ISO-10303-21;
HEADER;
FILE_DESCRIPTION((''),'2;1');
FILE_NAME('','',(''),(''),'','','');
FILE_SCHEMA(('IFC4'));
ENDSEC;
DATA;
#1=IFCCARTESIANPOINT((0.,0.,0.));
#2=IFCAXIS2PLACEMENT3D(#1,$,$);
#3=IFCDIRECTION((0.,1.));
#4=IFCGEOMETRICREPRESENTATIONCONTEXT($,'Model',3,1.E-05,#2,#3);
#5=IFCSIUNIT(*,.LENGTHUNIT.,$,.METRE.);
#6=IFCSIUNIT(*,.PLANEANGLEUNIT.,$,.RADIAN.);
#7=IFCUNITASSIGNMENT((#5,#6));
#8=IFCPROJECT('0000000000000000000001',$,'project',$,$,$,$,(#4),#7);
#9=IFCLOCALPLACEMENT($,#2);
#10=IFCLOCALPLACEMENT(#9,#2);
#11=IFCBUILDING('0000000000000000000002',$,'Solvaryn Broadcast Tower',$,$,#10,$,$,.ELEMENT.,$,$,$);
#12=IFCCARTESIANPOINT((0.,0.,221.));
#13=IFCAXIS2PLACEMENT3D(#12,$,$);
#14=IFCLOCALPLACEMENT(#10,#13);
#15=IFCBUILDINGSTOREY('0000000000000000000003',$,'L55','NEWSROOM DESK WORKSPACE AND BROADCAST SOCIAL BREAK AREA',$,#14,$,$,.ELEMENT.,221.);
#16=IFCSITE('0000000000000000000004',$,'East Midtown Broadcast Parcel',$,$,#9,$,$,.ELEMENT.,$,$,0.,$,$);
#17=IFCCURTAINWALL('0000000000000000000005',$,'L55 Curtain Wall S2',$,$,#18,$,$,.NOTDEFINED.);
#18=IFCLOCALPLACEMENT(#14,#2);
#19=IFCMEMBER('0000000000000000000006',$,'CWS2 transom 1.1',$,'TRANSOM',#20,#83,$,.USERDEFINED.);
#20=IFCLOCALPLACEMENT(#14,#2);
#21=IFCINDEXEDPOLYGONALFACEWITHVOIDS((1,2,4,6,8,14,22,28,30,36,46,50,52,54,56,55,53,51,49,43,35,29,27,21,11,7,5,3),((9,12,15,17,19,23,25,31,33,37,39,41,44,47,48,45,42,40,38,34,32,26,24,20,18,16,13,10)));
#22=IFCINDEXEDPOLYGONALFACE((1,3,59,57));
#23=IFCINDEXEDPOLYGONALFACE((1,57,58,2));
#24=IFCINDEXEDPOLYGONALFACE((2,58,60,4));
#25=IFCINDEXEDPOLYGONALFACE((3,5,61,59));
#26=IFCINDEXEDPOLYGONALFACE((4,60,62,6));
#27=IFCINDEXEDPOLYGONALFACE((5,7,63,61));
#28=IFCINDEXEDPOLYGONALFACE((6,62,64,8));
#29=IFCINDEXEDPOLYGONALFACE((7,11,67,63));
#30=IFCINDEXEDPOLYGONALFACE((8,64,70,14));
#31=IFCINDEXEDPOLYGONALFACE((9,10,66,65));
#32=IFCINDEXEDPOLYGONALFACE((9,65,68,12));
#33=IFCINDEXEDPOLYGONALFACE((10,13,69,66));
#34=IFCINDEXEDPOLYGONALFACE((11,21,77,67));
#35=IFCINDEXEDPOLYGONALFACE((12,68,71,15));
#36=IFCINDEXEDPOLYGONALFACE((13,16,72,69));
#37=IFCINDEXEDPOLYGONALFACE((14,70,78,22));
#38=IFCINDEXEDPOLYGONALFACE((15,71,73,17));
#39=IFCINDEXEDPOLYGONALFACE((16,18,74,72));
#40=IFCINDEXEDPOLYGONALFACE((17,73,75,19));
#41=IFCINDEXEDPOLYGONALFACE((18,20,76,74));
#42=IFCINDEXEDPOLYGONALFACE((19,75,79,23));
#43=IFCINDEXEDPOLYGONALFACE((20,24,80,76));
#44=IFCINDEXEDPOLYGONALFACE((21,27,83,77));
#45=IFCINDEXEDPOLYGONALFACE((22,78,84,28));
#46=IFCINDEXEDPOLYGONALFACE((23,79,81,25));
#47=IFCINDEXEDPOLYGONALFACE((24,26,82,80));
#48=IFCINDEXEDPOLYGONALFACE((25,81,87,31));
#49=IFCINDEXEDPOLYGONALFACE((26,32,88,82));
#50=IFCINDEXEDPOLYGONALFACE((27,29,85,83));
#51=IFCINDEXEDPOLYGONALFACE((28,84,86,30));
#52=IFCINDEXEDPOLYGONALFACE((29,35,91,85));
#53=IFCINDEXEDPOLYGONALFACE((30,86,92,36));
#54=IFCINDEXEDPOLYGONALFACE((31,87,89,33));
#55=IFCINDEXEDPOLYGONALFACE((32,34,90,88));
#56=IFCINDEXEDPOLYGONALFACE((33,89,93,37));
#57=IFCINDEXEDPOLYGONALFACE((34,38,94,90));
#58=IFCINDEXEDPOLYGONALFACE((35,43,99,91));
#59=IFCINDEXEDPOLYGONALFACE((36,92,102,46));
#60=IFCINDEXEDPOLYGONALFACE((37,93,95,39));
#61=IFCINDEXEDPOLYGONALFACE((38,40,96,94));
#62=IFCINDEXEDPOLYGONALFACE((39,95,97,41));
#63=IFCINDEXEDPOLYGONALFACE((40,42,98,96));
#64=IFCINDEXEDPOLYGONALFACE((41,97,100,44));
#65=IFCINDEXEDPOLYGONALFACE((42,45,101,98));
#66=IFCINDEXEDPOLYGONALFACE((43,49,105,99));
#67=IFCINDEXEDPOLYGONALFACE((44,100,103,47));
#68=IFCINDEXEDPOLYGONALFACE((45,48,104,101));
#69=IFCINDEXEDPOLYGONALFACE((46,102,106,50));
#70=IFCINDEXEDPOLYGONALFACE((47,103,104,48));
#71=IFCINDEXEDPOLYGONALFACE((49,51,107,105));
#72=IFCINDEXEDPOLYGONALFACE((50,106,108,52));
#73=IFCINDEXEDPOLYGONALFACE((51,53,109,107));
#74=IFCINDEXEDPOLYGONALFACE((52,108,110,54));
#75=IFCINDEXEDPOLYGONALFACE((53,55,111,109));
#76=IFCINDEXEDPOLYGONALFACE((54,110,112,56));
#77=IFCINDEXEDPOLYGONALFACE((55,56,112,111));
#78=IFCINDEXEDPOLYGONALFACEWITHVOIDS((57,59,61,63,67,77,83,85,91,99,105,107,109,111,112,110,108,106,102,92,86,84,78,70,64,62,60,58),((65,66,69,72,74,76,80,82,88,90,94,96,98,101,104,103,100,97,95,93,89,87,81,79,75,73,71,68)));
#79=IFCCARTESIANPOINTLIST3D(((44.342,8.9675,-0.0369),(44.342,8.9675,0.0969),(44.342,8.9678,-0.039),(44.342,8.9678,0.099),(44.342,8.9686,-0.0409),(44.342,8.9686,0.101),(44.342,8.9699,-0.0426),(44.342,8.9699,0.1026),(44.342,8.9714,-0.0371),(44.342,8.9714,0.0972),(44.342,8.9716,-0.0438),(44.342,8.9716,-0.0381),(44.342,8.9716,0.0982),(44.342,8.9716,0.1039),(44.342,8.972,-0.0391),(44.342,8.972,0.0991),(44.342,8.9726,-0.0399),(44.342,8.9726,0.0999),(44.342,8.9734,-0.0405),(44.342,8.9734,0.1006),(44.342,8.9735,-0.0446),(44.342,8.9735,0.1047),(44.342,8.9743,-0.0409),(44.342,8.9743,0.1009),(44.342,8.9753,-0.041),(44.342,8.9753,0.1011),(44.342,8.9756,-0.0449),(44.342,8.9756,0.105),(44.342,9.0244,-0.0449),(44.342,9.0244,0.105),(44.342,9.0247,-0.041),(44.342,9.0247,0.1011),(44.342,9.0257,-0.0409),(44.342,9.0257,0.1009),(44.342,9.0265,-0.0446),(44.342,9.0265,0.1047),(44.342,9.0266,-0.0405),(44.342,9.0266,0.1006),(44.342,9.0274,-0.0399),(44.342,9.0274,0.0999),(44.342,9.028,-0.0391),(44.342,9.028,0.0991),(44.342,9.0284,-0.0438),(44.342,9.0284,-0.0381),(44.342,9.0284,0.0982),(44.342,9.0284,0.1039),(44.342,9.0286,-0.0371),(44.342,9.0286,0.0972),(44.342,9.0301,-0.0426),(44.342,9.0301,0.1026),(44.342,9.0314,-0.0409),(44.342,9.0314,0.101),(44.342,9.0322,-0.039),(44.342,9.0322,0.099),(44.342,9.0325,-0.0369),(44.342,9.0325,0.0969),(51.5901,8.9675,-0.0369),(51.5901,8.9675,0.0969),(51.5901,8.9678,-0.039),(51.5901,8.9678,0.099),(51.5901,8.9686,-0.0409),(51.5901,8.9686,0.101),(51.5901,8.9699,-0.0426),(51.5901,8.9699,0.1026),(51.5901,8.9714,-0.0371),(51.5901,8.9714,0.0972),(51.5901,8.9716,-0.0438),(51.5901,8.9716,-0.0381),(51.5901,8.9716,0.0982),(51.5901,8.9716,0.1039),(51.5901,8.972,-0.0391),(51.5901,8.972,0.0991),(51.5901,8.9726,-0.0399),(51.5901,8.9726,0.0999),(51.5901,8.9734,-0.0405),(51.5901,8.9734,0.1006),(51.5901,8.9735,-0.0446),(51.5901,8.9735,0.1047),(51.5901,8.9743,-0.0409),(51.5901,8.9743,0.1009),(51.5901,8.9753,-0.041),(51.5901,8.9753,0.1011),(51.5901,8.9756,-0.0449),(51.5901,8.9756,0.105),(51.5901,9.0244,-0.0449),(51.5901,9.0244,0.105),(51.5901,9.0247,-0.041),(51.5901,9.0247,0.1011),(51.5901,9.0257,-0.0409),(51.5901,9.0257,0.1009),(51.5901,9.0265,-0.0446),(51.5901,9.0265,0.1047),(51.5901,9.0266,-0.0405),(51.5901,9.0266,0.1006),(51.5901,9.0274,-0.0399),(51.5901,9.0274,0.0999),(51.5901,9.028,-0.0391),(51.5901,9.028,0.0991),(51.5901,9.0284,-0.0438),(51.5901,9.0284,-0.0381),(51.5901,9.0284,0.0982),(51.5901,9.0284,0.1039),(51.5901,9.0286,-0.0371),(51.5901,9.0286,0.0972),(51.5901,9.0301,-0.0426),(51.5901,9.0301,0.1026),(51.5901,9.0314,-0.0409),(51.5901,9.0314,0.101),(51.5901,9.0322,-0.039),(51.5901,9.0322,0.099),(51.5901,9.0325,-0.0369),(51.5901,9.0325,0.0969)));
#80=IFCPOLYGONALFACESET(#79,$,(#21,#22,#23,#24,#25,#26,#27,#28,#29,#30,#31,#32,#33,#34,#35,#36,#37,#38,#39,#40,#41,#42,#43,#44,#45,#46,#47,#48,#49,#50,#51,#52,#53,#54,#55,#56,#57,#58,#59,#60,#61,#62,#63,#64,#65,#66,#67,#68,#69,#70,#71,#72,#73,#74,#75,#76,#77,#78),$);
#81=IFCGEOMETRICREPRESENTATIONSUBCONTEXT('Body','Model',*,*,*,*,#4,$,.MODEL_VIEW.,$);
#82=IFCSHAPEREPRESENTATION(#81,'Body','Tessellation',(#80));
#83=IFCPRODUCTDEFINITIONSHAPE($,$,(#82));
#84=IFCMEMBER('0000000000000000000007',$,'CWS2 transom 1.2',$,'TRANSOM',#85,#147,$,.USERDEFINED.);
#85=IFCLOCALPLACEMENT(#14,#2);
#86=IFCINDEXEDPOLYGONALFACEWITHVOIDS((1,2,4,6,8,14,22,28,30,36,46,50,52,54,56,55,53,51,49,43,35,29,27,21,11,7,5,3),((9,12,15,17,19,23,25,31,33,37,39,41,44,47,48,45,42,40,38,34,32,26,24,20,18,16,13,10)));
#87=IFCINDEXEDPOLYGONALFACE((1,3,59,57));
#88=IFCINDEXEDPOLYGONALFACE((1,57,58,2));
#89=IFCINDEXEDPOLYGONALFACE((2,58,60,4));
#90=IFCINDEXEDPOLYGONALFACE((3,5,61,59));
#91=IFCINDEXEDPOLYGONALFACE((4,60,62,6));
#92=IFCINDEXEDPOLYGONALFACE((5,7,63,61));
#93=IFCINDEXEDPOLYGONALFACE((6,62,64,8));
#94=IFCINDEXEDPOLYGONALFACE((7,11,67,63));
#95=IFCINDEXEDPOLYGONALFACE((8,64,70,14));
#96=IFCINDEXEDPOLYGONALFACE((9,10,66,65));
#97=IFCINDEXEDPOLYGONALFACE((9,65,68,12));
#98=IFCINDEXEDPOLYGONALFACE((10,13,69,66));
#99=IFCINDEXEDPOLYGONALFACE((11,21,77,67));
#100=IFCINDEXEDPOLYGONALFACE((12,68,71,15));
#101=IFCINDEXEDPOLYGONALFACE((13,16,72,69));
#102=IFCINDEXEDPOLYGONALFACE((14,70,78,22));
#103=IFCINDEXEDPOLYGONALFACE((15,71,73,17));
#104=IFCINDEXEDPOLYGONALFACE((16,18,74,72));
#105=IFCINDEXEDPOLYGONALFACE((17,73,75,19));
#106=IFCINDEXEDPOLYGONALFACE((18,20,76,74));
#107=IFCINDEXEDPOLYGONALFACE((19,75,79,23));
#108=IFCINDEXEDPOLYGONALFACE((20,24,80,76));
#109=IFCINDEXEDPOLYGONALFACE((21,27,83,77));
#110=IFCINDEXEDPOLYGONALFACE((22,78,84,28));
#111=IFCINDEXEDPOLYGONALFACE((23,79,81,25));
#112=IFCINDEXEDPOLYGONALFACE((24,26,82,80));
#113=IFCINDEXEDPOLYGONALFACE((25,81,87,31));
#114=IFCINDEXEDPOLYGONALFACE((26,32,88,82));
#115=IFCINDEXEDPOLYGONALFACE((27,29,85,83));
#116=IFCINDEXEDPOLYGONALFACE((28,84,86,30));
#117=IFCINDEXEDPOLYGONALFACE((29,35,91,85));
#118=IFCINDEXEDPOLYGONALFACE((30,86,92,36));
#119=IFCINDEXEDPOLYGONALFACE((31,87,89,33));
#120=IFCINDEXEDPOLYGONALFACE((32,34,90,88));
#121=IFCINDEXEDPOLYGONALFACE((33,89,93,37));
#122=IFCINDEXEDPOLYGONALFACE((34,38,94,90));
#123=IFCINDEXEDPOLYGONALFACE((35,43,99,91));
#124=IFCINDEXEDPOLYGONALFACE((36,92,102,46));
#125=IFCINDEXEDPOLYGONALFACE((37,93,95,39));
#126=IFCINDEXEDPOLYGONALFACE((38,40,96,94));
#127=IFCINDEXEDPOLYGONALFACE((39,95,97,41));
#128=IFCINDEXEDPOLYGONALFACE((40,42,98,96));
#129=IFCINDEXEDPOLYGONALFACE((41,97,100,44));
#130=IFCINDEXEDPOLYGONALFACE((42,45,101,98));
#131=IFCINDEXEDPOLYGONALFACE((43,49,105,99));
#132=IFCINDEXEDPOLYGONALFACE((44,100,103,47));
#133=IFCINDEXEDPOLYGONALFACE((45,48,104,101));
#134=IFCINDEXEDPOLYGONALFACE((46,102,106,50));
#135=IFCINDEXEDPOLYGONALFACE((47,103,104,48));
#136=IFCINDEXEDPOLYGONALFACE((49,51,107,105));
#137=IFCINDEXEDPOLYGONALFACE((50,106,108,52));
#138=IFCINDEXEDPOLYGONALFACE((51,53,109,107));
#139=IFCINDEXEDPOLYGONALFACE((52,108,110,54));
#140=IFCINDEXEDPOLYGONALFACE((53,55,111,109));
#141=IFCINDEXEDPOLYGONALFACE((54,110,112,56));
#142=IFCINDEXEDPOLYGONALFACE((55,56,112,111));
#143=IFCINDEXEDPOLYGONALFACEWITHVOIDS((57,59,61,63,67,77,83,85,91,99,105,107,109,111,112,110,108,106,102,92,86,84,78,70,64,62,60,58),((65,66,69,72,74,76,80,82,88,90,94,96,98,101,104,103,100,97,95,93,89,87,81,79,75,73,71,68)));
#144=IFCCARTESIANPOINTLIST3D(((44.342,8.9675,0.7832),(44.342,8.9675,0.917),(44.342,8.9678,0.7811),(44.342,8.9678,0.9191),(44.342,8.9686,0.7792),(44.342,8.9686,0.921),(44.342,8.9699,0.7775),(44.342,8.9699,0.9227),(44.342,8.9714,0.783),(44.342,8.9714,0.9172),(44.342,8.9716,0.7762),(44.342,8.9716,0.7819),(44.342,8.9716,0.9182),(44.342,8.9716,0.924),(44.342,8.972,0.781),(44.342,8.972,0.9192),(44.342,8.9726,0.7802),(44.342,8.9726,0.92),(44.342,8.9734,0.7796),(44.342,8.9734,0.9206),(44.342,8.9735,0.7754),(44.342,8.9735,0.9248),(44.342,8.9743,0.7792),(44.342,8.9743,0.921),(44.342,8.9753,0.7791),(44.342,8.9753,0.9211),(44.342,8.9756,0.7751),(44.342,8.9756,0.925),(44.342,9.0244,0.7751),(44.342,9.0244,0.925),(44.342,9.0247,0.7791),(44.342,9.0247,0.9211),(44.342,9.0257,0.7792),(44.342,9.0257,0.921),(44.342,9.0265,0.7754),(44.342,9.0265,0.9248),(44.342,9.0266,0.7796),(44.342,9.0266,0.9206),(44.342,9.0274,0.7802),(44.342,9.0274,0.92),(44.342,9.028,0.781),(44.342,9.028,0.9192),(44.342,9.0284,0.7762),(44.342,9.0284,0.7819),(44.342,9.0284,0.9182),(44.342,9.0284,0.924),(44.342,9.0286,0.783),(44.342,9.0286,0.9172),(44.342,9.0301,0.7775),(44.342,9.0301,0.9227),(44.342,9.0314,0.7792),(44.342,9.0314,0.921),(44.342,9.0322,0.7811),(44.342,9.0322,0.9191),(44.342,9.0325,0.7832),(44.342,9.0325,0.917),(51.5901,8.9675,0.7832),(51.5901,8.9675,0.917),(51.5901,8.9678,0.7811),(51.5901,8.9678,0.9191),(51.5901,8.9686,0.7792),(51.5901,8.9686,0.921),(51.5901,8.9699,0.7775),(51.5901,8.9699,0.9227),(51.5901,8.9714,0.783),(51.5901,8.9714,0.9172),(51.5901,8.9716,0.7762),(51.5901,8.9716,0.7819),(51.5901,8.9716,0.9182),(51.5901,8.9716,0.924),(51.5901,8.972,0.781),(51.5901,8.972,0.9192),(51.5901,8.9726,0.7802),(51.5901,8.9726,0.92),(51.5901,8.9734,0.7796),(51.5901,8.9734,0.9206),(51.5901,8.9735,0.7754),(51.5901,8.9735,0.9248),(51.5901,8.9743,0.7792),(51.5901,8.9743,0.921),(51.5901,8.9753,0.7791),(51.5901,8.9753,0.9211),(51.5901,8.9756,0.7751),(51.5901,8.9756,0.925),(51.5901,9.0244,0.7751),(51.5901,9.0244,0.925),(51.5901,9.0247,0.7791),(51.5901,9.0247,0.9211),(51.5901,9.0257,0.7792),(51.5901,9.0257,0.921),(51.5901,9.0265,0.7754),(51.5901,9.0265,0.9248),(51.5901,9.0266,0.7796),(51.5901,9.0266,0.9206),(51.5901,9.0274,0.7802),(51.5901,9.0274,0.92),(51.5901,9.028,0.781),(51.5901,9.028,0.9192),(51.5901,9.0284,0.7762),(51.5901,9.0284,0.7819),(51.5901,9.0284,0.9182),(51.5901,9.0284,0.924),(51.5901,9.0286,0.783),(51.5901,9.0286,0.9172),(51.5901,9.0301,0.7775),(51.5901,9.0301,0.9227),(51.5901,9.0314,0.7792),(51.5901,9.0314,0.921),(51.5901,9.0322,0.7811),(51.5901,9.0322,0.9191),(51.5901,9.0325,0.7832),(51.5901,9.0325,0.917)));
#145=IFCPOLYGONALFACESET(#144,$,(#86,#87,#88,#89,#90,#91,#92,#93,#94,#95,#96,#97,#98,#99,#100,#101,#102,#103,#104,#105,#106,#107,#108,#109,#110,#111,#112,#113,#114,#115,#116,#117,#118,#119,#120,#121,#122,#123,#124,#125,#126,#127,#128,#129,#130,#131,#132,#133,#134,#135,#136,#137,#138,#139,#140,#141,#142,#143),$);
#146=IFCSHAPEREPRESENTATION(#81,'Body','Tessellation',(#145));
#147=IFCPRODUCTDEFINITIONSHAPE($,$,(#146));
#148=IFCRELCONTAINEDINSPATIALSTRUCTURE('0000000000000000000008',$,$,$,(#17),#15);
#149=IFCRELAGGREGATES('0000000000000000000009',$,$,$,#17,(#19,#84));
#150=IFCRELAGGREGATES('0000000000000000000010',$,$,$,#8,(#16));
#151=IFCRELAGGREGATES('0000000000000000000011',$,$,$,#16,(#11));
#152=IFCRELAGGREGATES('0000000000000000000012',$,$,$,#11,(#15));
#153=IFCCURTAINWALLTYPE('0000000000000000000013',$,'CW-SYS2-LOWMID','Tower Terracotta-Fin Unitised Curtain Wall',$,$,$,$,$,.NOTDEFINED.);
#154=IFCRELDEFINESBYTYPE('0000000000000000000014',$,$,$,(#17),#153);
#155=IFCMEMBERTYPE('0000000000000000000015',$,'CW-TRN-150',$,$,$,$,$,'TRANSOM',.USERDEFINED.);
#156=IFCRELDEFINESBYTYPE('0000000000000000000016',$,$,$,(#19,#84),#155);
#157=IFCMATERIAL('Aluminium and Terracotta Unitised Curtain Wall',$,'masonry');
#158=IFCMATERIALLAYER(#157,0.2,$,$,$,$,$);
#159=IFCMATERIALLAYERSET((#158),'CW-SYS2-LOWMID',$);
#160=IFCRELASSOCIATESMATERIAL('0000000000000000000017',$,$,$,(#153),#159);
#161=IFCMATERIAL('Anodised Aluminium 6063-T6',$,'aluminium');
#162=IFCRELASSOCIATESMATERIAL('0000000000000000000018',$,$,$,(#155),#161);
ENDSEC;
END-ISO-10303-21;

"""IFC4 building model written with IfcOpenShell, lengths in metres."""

from ifc_helpers import new_model, si_unit, direction, frame, origin, origin_2d, place, context, subcontext, project, spatial, hollow_rectangle, extrude, material, layer, layer_set, material_profile, profile_set, type_object, element, aggregate, save


model = new_model("IFC4")

# Units and contexts
model_context = context("Model", 3, precision=1e-05, world=origin(), true_north=direction((0.0, 1.0)))
body_context = subcontext(model_context, "Body", "Model", "MODEL_VIEW")
ifc_project = project(units=[si_unit("LENGTHUNIT", "METRE"), si_unit("PLANEANGLEUNIT", "RADIAN")], contexts=[model_context])

# Site, building, storey
site_placement = place(None, origin())
site = spatial("IfcSite", under=ifc_project, at=site_placement, Name="East Midtown Broadcast Parcel", CompositionType="ELEMENT", RefElevation=0.0)
building_placement = place(site_placement, origin())
building = spatial("IfcBuilding", under=site, at=building_placement, Name="Solvaryn Broadcast Tower", CompositionType="ELEMENT")
storey_placement = place(building_placement, frame((0.0, 0.0, 221.0)))
storey = spatial("IfcBuildingStorey", under=building, at=storey_placement, Name="L55", Description="NEWSROOM DESK WORKSPACE AND BROADCAST SOCIAL BREAK AREA", CompositionType="ELEMENT", Elevation=221.0)

# Shared definitions
ifc_material_1 = material(Name="Aluminium and Terracotta Unitised Curtain Wall", Category="masonry")
ifc_layer_1 = layer(ifc_material_1, 0.2)
ifc_layer_set_1 = layer_set([ifc_layer_1], Name="CW-SYS2-LOWMID")
curtain_wall_type = type_object("IfcCurtainWallType", Name="CW-SYS2-LOWMID", Description="Tower Terracotta-Fin Unitised Curtain Wall", PredefinedType="NOTDEFINED", material=ifc_layer_set_1)

# Curtain wall, members
curtain_wall_1_placement = place(storey_placement, origin())
curtain_wall_1 = element("IfcCurtainWall", 1, at=curtain_wall_1_placement, inside=storey, type_object=curtain_wall_type, Name="L55 Curtain Wall S2", PredefinedType="NOTDEFINED")
ifc_material_2 = material(Name="Anodised Aluminium 6063-T6", Category="aluminium")
ifc_material_profile_1 = material_profile(ifc_material_2, hollow_rectangle(XDim=0.0649, YDim=0.1499, WallThickness=0.0039, InnerFilletRadius=0.0039, OuterFilletRadius=0.0081, at=origin_2d()))
ifc_profile_set_1 = profile_set([ifc_material_profile_1], Name="Anodised Aluminium 6063-T6")
member_type_1 = type_object("IfcMemberType", Name="CW-TRN-150", ElementType="TRANSOM", PredefinedType="USERDEFINED", material=ifc_profile_set_1)
member_1_placement = place(storey_placement, frame((44.342, 9.0, 0.03), z_axis=(1.0, 0.0, 0.0), x_axis=(0.0, 1.0, 0.0)))
member_1 = element("IfcMember", 2, at=member_1_placement, type_object=member_type_1, Name="CWS2 transom 1.1", ObjectType="TRANSOM", PredefinedType="USERDEFINED", context=body_context, shape_type="SweptSolid", body=[
    extrude(hollow_rectangle(XDim=0.0649, YDim=0.1499, WallThickness=0.0039, InnerFilletRadius=0.0039, OuterFilletRadius=0.0081, at=origin_2d()), origin(), (0.0, 0.0, 1.0), 7.248),
])
member_2_placement = place(storey_placement, frame((44.342, 9.0, 0.8501), z_axis=(1.0, 0.0, 0.0), x_axis=(0.0, 1.0, 0.0)))
member_2 = element("IfcMember", 3, at=member_2_placement, type_object=member_type_1, Name="CWS2 transom 1.2", ObjectType="TRANSOM", PredefinedType="USERDEFINED", context=body_context, shape_type="SweptSolid", body=[
    extrude(hollow_rectangle(XDim=0.0649, YDim=0.1499, WallThickness=0.0039, InnerFilletRadius=0.0039, OuterFilletRadius=0.0081, at=origin_2d()), origin(), (0.0, 0.0, 1.0), 7.248),
])
aggregate(curtain_wall_1, [member_1, member_2])

save(model, "model.ifc")
